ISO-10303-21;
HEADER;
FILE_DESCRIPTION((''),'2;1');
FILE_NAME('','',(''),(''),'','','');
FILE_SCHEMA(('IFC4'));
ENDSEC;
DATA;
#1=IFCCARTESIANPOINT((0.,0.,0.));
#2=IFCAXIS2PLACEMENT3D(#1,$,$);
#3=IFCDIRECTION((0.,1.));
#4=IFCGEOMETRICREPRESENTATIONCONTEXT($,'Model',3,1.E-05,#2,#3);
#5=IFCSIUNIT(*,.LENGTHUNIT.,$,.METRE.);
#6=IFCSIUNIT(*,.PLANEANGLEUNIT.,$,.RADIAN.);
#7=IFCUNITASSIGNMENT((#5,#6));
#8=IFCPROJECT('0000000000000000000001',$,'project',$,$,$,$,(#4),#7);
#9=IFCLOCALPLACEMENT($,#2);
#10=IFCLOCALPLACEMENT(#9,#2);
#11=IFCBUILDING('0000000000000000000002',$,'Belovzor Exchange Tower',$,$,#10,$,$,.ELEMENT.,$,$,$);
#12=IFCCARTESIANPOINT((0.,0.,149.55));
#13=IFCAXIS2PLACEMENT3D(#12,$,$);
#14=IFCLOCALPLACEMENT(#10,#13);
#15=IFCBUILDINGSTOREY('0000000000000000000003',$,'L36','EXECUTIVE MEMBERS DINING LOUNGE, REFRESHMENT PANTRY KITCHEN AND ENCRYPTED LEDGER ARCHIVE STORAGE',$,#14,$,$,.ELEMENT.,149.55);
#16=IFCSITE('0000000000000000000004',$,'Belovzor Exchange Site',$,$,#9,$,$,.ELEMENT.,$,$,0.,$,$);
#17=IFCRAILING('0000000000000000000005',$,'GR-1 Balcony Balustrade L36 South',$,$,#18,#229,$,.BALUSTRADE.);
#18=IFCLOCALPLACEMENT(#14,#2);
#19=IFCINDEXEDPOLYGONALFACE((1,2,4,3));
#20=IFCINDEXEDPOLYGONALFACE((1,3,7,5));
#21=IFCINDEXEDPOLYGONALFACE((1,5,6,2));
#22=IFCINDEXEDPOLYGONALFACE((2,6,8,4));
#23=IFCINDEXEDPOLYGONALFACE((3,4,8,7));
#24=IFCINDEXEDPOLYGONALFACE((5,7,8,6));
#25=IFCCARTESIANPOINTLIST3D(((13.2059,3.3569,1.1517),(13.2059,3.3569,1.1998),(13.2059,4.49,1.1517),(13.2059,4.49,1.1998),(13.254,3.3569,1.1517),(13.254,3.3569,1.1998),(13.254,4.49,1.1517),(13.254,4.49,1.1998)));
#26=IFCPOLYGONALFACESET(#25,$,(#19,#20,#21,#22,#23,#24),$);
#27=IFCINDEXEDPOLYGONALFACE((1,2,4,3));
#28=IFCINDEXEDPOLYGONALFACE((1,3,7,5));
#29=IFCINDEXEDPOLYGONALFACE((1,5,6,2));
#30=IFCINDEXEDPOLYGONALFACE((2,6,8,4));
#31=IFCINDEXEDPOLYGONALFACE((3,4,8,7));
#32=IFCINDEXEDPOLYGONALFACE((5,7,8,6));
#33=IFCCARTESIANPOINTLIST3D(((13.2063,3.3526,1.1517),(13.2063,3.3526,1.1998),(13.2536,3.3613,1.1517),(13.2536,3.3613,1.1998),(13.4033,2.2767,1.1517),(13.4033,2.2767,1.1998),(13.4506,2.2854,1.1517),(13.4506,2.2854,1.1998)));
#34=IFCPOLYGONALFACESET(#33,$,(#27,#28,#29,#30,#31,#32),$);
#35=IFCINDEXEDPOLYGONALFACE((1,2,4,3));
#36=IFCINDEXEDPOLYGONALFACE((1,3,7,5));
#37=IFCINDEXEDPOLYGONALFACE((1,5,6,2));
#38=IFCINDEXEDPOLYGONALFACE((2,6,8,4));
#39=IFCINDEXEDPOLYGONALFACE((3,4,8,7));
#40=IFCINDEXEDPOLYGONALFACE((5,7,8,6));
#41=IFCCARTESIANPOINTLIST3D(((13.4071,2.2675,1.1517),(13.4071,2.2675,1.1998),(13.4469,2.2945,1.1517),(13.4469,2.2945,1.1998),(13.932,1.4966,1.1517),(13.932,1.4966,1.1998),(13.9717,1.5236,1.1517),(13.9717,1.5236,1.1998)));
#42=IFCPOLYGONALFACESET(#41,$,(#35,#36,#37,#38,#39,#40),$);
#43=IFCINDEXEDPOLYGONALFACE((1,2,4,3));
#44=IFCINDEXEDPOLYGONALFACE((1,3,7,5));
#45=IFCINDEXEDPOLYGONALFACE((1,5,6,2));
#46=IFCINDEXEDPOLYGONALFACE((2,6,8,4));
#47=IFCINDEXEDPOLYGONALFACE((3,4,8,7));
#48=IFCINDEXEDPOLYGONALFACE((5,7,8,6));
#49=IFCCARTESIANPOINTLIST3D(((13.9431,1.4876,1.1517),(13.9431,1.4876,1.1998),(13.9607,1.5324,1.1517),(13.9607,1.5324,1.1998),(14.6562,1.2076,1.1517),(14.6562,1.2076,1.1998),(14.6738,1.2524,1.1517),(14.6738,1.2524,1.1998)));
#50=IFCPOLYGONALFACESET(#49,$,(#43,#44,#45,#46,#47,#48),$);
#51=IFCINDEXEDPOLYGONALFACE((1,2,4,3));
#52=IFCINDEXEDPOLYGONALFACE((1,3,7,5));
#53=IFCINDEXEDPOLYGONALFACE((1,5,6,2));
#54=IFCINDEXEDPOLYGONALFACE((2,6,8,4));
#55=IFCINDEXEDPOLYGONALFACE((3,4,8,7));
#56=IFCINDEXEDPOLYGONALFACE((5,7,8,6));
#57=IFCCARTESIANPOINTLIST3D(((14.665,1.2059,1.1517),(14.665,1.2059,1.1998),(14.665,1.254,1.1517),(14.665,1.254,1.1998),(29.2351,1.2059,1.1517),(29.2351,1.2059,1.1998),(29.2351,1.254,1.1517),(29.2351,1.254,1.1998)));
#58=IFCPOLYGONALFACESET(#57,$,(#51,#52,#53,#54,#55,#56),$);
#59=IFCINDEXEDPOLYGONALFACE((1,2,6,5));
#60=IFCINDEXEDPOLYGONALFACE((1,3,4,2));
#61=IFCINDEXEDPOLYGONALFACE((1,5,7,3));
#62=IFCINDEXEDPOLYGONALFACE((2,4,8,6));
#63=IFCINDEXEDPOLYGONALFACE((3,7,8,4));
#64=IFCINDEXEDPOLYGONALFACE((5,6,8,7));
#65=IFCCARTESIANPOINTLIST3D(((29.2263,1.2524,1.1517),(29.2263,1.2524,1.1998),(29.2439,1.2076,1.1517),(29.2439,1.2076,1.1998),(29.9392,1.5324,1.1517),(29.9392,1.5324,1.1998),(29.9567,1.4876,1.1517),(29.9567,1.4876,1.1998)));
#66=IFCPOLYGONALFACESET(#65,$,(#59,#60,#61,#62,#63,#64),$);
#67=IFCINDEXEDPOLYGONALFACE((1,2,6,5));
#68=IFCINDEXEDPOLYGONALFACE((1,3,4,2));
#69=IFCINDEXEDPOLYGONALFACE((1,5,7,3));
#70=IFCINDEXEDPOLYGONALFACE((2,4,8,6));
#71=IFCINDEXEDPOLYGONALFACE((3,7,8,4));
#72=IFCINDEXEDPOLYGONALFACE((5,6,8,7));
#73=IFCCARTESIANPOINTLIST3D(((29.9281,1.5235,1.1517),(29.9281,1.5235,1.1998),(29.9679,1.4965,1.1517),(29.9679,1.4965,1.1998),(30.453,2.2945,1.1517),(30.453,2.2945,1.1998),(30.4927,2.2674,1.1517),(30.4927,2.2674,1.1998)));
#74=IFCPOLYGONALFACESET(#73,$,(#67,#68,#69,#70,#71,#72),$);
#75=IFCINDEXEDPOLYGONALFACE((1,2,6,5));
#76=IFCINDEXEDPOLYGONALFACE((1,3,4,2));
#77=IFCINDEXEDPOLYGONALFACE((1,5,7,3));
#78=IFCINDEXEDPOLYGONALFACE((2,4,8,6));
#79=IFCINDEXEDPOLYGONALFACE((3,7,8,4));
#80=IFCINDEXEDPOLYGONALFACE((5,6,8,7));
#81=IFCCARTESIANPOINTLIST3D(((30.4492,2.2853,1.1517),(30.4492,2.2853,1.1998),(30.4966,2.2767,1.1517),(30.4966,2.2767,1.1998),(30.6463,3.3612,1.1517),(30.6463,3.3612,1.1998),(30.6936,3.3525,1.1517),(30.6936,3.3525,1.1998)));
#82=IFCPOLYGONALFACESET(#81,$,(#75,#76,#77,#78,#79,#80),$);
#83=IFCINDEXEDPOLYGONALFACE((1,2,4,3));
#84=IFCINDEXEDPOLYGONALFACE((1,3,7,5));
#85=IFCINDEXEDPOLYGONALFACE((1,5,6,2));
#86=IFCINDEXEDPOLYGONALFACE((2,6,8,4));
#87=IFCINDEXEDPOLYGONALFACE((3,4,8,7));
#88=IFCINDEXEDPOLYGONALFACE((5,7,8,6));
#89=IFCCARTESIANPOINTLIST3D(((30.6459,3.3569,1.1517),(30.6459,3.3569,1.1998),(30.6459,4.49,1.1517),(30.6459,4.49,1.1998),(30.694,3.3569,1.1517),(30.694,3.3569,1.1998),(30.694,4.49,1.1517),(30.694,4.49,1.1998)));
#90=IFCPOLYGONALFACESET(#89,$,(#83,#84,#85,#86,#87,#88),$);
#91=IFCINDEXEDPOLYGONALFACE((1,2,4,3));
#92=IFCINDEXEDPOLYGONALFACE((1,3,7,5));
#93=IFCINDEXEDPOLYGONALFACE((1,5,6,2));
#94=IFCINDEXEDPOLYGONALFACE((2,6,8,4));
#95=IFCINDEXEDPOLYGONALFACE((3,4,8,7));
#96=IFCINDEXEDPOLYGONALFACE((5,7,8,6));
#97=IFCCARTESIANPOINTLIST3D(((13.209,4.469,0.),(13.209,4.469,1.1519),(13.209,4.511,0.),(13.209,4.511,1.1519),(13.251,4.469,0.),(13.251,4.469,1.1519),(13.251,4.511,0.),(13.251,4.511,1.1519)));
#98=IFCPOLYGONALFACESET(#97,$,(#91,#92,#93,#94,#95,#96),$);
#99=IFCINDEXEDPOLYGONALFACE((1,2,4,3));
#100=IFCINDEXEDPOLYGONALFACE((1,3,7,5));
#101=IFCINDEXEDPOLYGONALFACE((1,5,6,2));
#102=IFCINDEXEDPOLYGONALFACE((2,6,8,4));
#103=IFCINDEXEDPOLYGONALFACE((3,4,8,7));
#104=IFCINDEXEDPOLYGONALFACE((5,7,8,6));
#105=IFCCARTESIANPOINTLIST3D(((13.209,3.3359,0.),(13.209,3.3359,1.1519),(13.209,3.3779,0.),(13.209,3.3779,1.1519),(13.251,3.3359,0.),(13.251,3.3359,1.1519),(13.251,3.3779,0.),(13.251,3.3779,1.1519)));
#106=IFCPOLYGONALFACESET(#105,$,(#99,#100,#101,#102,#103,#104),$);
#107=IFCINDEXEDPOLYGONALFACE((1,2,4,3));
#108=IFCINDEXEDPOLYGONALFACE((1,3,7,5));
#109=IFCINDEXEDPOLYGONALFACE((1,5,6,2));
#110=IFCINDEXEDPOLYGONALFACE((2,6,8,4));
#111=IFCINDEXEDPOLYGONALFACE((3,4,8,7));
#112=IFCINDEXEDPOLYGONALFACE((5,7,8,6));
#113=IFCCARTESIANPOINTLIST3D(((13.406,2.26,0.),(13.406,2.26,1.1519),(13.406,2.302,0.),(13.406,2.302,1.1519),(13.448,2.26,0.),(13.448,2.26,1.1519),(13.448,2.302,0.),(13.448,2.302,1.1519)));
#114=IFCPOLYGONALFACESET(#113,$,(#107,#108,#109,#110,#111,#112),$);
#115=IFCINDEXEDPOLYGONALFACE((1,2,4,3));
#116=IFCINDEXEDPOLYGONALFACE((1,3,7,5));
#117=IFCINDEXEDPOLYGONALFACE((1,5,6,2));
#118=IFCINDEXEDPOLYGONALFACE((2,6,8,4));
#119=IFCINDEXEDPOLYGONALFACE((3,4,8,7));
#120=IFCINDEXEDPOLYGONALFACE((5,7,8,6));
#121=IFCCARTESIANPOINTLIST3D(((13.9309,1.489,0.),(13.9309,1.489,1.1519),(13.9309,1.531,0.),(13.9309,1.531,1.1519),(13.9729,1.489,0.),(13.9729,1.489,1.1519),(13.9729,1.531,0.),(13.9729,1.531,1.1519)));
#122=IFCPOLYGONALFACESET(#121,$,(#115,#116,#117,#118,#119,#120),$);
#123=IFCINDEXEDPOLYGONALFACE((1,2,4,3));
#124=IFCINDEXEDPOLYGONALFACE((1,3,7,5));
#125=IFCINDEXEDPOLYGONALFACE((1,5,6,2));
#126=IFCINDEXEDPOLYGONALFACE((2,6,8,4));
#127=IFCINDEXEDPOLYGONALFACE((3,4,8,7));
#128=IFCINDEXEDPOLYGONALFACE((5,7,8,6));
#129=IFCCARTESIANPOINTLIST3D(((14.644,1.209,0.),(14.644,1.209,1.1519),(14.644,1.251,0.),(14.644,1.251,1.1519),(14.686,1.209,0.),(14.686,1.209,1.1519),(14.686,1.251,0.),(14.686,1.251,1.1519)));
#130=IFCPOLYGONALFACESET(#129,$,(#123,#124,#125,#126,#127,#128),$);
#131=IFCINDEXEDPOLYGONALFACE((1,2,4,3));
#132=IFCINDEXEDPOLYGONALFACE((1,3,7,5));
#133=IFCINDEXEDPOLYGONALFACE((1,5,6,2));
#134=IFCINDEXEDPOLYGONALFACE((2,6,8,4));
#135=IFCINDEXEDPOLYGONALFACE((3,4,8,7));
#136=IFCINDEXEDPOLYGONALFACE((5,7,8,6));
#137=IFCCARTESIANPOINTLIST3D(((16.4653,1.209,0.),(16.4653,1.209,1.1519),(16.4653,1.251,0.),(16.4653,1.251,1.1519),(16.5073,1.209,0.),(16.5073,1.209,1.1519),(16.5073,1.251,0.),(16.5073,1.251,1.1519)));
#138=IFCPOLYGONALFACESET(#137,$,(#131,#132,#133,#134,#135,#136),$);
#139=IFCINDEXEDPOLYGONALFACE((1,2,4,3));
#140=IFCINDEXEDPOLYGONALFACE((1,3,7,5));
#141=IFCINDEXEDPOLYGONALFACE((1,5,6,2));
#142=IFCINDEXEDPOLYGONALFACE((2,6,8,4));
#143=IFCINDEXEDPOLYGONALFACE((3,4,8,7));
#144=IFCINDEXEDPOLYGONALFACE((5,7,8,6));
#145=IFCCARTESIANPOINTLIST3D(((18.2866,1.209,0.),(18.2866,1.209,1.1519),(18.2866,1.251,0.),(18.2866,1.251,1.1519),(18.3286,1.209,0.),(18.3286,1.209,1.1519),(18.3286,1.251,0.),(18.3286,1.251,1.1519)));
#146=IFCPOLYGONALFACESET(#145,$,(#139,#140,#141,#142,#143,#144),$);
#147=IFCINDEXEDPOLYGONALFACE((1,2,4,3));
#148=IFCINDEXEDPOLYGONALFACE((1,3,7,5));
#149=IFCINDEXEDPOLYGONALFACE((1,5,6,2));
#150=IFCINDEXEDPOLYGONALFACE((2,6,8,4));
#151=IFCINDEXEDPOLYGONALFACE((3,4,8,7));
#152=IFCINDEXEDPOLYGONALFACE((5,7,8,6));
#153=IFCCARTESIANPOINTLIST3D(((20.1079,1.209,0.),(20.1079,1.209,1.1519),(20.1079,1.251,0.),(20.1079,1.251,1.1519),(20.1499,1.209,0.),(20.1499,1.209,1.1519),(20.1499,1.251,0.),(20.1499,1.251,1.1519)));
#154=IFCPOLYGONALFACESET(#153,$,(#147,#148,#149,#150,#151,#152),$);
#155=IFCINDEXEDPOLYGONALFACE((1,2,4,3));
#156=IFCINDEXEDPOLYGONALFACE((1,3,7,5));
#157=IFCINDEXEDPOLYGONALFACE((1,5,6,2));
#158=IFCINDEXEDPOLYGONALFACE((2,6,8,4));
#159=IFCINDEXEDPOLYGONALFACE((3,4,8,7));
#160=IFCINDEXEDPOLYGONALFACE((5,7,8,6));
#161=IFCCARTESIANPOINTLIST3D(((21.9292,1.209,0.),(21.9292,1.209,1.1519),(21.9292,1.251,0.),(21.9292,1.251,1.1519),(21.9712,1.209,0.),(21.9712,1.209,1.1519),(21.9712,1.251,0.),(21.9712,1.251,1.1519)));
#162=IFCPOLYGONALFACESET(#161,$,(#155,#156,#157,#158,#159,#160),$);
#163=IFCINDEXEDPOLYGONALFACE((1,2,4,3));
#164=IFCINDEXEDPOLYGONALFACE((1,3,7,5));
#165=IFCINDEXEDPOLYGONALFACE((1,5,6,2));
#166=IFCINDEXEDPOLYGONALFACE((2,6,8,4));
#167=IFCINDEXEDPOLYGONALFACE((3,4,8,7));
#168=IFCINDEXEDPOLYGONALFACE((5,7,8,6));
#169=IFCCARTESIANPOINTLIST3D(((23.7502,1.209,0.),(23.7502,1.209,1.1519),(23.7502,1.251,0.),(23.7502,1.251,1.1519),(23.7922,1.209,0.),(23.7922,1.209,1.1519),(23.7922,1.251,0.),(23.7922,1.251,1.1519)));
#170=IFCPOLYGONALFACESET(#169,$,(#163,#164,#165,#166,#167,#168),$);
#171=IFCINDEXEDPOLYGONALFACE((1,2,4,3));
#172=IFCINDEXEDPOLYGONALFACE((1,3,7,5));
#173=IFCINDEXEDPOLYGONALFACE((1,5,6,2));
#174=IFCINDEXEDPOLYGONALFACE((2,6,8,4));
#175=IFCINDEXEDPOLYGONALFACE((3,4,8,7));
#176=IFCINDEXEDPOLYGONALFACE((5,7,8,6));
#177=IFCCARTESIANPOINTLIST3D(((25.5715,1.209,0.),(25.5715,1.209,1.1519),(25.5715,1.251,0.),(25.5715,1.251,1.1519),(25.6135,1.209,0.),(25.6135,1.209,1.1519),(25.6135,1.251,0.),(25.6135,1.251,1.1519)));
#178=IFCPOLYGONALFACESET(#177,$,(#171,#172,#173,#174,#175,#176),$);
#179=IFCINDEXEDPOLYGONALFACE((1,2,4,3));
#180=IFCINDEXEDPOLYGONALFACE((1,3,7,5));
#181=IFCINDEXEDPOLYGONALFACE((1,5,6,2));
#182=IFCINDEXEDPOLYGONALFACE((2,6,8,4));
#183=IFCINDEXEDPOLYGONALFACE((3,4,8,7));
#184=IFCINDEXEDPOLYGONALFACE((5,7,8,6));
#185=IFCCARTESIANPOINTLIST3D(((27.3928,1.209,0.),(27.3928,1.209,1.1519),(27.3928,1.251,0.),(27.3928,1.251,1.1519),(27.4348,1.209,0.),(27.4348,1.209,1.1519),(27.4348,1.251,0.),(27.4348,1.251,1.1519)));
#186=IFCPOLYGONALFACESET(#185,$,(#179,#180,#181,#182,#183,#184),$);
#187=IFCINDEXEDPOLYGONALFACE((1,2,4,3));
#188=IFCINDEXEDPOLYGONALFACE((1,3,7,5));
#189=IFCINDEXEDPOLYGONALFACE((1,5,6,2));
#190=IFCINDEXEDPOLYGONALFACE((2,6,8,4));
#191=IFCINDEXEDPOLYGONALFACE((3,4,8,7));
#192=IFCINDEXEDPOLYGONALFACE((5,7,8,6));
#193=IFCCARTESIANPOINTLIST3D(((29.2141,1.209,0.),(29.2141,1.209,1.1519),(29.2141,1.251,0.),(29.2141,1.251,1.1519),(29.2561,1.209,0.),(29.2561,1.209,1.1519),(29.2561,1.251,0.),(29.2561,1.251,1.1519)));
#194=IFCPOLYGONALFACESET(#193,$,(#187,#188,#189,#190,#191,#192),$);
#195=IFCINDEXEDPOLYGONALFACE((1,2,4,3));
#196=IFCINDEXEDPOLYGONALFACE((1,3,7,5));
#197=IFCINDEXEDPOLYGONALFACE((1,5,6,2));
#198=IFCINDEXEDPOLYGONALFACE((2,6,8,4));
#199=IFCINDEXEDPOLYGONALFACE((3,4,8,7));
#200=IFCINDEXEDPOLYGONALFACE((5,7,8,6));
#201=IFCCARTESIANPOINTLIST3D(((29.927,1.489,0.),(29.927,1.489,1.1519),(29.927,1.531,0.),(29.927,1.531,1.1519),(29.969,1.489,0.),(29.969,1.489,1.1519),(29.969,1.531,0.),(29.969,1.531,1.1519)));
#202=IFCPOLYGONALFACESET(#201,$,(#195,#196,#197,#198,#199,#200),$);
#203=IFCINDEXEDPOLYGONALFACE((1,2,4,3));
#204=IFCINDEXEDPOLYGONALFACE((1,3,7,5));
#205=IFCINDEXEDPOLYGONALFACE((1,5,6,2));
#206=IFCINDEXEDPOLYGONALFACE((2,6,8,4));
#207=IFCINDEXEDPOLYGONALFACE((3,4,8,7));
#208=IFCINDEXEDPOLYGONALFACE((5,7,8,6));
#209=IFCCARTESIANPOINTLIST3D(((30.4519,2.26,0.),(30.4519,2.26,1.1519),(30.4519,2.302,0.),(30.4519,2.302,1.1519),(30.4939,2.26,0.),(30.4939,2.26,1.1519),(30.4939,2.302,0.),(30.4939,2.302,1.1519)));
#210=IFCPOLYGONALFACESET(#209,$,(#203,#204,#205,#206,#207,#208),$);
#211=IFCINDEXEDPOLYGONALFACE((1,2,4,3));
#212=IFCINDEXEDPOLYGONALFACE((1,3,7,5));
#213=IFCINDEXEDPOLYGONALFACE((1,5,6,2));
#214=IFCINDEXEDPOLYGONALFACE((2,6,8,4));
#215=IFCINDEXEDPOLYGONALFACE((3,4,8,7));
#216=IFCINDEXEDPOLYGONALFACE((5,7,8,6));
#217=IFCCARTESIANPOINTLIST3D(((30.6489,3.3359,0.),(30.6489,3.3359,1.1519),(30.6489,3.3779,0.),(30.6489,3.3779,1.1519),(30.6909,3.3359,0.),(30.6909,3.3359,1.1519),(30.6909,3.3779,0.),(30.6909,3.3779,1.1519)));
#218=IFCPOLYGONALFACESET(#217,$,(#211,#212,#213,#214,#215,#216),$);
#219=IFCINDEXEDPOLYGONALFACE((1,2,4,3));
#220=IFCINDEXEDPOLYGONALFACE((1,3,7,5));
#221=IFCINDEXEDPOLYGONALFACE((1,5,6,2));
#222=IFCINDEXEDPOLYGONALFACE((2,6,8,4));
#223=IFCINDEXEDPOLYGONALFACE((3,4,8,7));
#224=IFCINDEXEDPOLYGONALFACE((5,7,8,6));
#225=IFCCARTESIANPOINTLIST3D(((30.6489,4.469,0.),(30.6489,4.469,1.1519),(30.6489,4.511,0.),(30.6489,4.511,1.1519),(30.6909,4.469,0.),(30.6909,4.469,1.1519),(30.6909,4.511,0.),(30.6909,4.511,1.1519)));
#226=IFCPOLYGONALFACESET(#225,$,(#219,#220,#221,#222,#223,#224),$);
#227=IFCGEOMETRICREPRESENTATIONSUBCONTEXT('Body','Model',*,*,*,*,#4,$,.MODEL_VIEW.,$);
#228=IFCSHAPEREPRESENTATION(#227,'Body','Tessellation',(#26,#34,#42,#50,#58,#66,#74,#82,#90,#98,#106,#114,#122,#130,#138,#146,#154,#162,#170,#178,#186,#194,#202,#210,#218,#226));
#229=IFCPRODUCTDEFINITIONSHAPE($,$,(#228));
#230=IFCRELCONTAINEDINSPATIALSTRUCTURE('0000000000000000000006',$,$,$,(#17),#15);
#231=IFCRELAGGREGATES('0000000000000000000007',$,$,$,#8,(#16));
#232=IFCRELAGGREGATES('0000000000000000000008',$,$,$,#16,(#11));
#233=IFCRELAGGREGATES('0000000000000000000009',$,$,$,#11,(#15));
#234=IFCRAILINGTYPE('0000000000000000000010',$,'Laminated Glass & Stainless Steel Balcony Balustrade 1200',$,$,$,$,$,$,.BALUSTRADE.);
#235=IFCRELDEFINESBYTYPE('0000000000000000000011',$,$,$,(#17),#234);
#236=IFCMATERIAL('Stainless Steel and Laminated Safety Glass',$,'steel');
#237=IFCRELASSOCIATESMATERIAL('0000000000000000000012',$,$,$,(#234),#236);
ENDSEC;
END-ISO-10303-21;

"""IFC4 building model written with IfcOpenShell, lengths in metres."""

from ifc_helpers import new_model, si_unit, direction, frame, origin, origin_2d, place, context, subcontext, project, spatial, rectangle, extrude, material, type_object, element, save


model = new_model("IFC4")

# Units and contexts
model_context = context("Model", 3, precision=1e-05, world=origin(), true_north=direction((0.0, 1.0)))
body_context = subcontext(model_context, "Body", "Model", "MODEL_VIEW")
ifc_project = project(units=[si_unit("LENGTHUNIT", "METRE"), si_unit("PLANEANGLEUNIT", "RADIAN")], contexts=[model_context])

# Site, building, storey
site_placement = place(None, origin())
site = spatial("IfcSite", under=ifc_project, at=site_placement, Name="Belovzor Exchange Site", CompositionType="ELEMENT", RefElevation=0.0)
building_placement = place(site_placement, origin())
building = spatial("IfcBuilding", under=site, at=building_placement, Name="Belovzor Exchange Tower", CompositionType="ELEMENT")
storey_placement = place(building_placement, frame((0.0, 0.0, 149.55)))
storey = spatial("IfcBuildingStorey", under=building, at=storey_placement, Name="L36", Description="EXECUTIVE MEMBERS DINING LOUNGE, REFRESHMENT PANTRY KITCHEN AND ENCRYPTED LEDGER ARCHIVE STORAGE", CompositionType="ELEMENT", Elevation=149.55)

# Railing
ifc_material_1 = material(Name="Stainless Steel and Laminated Safety Glass", Category="steel")
railing_type = type_object("IfcRailingType", Name="Laminated Glass & Stainless Steel Balcony Balustrade 1200", PredefinedType="BALUSTRADE", material=ifc_material_1)
railing_placement = place(storey_placement, frame((13.23, 4.49, 0.0)))
element("IfcRailing", 1, at=railing_placement, inside=storey, type_object=railing_type, Name="GR-1 Balcony Balustrade L36 South", PredefinedType="BALUSTRADE", context=body_context, shape_type="SweptSolid", body=[
    extrude(rectangle(XDim=0.0481, YDim=0.0481, at=origin_2d()), frame((0.0, 0.0, 1.1758), z_axis=(0.0, -1.0, 0.0), x_axis=(1.0, 0.0, 0.0)), (0.0, 0.0, 1.0), 1.1331),
    extrude(rectangle(XDim=0.0481, YDim=0.0481, at=origin_2d()), frame((0.0, -1.1331, 1.1758), z_axis=(0.180123, -0.983644, 0.0), x_axis=(0.983644, 0.180123, 0.0)), (0.0, 0.0, 1.0), 1.0938),
    extrude(rectangle(XDim=0.0481, YDim=0.0481, at=origin_2d()), frame((0.197, -2.209, 1.1758), z_axis=(0.562768, -0.826615, 0.0), x_axis=(0.826615, 0.562768, 0.0)), (0.0, 0.0, 1.0), 0.9326),
    extrude(rectangle(XDim=0.0481, YDim=0.0481, at=origin_2d()), frame((0.7219, -2.98, 1.1758), z_axis=(0.93081, -0.365504, 0.0), x_axis=(0.365504, 0.93081, 0.0)), (0.0, 0.0, 1.0), 0.7661),
    extrude(rectangle(XDim=0.0481, YDim=0.0481, at=origin_2d()), frame((1.4351, -3.26, 1.1758), z_axis=(1.0, 0.0, 0.0), x_axis=(0.0, 1.0, 0.0)), (0.0, 0.0, 1.0), 14.5701),
    extrude(rectangle(XDim=0.0481, YDim=0.0481, at=origin_2d()), frame((16.0051, -3.26, 1.1758), z_axis=(0.930767, 0.365613, 0.0), x_axis=(-0.365613, 0.930767, 0.0)), (0.0, 0.0, 1.0), 0.7659),
    extrude(rectangle(XDim=0.0481, YDim=0.0481, at=origin_2d()), frame((16.718, -2.98, 1.1758), z_axis=(0.562768, 0.826615, 0.0), x_axis=(-0.826615, 0.562768, 0.0)), (0.0, 0.0, 1.0), 0.9326),
    extrude(rectangle(XDim=0.0481, YDim=0.0481, at=origin_2d()), frame((17.2429, -2.209, 1.1758), z_axis=(0.180123, 0.983644, 0.0), x_axis=(-0.983644, 0.180123, 0.0)), (0.0, 0.0, 1.0), 1.0938),
    extrude(rectangle(XDim=0.0481, YDim=0.0481, at=origin_2d()), frame((17.4399, -1.1331, 1.1758), z_axis=(0.0, 1.0, 0.0), x_axis=(-1.0, 0.0, 0.0)), (0.0, 0.0, 1.0), 1.1331),
    extrude(rectangle(XDim=0.042, YDim=0.042, at=origin_2d()), origin(), (0.0, 0.0, 1.0), 1.1519),
    extrude(rectangle(XDim=0.042, YDim=0.042, at=origin_2d()), frame((0.0, -1.1331, 0.0)), (0.0, 0.0, 1.0), 1.1519),
    extrude(rectangle(XDim=0.042, YDim=0.042, at=origin_2d()), frame((0.197, -2.209, 0.0)), (0.0, 0.0, 1.0), 1.1519),
    extrude(rectangle(XDim=0.042, YDim=0.042, at=origin_2d()), frame((0.7219, -2.98, 0.0)), (0.0, 0.0, 1.0), 1.1519),
    extrude(rectangle(XDim=0.042, YDim=0.042, at=origin_2d()), frame((1.4351, -3.26, 0.0)), (0.0, 0.0, 1.0), 1.1519),
    extrude(rectangle(XDim=0.042, YDim=0.042, at=origin_2d()), frame((3.2563, -3.26, 0.0)), (0.0, 0.0, 1.0), 1.1519),
    extrude(rectangle(XDim=0.042, YDim=0.042, at=origin_2d()), frame((5.0776, -3.26, 0.0)), (0.0, 0.0, 1.0), 1.1519),
    extrude(rectangle(XDim=0.042, YDim=0.042, at=origin_2d()), frame((6.8989, -3.26, 0.0)), (0.0, 0.0, 1.0), 1.1519),
    extrude(rectangle(XDim=0.042, YDim=0.042, at=origin_2d()), frame((8.7202, -3.26, 0.0)), (0.0, 0.0, 1.0), 1.1519),
    extrude(rectangle(XDim=0.042, YDim=0.042, at=origin_2d()), frame((10.5413, -3.26, 0.0)), (0.0, 0.0, 1.0), 1.1519),
    extrude(rectangle(XDim=0.042, YDim=0.042, at=origin_2d()), frame((12.3625, -3.26, 0.0)), (0.0, 0.0, 1.0), 1.1519),
    extrude(rectangle(XDim=0.042, YDim=0.042, at=origin_2d()), frame((14.1838, -3.26, 0.0)), (0.0, 0.0, 1.0), 1.1519),
    extrude(rectangle(XDim=0.042, YDim=0.042, at=origin_2d()), frame((16.0051, -3.26, 0.0)), (0.0, 0.0, 1.0), 1.1519),
    extrude(rectangle(XDim=0.042, YDim=0.042, at=origin_2d()), frame((16.718, -2.98, 0.0)), (0.0, 0.0, 1.0), 1.1519),
    extrude(rectangle(XDim=0.042, YDim=0.042, at=origin_2d()), frame((17.2429, -2.209, 0.0)), (0.0, 0.0, 1.0), 1.1519),
    extrude(rectangle(XDim=0.042, YDim=0.042, at=origin_2d()), frame((17.4399, -1.1331, 0.0)), (0.0, 0.0, 1.0), 1.1519),
    extrude(rectangle(XDim=0.042, YDim=0.042, at=origin_2d()), frame((17.4399, 0.0, 0.0)), (0.0, 0.0, 1.0), 1.1519),
])

save(model, "model.ifc")
